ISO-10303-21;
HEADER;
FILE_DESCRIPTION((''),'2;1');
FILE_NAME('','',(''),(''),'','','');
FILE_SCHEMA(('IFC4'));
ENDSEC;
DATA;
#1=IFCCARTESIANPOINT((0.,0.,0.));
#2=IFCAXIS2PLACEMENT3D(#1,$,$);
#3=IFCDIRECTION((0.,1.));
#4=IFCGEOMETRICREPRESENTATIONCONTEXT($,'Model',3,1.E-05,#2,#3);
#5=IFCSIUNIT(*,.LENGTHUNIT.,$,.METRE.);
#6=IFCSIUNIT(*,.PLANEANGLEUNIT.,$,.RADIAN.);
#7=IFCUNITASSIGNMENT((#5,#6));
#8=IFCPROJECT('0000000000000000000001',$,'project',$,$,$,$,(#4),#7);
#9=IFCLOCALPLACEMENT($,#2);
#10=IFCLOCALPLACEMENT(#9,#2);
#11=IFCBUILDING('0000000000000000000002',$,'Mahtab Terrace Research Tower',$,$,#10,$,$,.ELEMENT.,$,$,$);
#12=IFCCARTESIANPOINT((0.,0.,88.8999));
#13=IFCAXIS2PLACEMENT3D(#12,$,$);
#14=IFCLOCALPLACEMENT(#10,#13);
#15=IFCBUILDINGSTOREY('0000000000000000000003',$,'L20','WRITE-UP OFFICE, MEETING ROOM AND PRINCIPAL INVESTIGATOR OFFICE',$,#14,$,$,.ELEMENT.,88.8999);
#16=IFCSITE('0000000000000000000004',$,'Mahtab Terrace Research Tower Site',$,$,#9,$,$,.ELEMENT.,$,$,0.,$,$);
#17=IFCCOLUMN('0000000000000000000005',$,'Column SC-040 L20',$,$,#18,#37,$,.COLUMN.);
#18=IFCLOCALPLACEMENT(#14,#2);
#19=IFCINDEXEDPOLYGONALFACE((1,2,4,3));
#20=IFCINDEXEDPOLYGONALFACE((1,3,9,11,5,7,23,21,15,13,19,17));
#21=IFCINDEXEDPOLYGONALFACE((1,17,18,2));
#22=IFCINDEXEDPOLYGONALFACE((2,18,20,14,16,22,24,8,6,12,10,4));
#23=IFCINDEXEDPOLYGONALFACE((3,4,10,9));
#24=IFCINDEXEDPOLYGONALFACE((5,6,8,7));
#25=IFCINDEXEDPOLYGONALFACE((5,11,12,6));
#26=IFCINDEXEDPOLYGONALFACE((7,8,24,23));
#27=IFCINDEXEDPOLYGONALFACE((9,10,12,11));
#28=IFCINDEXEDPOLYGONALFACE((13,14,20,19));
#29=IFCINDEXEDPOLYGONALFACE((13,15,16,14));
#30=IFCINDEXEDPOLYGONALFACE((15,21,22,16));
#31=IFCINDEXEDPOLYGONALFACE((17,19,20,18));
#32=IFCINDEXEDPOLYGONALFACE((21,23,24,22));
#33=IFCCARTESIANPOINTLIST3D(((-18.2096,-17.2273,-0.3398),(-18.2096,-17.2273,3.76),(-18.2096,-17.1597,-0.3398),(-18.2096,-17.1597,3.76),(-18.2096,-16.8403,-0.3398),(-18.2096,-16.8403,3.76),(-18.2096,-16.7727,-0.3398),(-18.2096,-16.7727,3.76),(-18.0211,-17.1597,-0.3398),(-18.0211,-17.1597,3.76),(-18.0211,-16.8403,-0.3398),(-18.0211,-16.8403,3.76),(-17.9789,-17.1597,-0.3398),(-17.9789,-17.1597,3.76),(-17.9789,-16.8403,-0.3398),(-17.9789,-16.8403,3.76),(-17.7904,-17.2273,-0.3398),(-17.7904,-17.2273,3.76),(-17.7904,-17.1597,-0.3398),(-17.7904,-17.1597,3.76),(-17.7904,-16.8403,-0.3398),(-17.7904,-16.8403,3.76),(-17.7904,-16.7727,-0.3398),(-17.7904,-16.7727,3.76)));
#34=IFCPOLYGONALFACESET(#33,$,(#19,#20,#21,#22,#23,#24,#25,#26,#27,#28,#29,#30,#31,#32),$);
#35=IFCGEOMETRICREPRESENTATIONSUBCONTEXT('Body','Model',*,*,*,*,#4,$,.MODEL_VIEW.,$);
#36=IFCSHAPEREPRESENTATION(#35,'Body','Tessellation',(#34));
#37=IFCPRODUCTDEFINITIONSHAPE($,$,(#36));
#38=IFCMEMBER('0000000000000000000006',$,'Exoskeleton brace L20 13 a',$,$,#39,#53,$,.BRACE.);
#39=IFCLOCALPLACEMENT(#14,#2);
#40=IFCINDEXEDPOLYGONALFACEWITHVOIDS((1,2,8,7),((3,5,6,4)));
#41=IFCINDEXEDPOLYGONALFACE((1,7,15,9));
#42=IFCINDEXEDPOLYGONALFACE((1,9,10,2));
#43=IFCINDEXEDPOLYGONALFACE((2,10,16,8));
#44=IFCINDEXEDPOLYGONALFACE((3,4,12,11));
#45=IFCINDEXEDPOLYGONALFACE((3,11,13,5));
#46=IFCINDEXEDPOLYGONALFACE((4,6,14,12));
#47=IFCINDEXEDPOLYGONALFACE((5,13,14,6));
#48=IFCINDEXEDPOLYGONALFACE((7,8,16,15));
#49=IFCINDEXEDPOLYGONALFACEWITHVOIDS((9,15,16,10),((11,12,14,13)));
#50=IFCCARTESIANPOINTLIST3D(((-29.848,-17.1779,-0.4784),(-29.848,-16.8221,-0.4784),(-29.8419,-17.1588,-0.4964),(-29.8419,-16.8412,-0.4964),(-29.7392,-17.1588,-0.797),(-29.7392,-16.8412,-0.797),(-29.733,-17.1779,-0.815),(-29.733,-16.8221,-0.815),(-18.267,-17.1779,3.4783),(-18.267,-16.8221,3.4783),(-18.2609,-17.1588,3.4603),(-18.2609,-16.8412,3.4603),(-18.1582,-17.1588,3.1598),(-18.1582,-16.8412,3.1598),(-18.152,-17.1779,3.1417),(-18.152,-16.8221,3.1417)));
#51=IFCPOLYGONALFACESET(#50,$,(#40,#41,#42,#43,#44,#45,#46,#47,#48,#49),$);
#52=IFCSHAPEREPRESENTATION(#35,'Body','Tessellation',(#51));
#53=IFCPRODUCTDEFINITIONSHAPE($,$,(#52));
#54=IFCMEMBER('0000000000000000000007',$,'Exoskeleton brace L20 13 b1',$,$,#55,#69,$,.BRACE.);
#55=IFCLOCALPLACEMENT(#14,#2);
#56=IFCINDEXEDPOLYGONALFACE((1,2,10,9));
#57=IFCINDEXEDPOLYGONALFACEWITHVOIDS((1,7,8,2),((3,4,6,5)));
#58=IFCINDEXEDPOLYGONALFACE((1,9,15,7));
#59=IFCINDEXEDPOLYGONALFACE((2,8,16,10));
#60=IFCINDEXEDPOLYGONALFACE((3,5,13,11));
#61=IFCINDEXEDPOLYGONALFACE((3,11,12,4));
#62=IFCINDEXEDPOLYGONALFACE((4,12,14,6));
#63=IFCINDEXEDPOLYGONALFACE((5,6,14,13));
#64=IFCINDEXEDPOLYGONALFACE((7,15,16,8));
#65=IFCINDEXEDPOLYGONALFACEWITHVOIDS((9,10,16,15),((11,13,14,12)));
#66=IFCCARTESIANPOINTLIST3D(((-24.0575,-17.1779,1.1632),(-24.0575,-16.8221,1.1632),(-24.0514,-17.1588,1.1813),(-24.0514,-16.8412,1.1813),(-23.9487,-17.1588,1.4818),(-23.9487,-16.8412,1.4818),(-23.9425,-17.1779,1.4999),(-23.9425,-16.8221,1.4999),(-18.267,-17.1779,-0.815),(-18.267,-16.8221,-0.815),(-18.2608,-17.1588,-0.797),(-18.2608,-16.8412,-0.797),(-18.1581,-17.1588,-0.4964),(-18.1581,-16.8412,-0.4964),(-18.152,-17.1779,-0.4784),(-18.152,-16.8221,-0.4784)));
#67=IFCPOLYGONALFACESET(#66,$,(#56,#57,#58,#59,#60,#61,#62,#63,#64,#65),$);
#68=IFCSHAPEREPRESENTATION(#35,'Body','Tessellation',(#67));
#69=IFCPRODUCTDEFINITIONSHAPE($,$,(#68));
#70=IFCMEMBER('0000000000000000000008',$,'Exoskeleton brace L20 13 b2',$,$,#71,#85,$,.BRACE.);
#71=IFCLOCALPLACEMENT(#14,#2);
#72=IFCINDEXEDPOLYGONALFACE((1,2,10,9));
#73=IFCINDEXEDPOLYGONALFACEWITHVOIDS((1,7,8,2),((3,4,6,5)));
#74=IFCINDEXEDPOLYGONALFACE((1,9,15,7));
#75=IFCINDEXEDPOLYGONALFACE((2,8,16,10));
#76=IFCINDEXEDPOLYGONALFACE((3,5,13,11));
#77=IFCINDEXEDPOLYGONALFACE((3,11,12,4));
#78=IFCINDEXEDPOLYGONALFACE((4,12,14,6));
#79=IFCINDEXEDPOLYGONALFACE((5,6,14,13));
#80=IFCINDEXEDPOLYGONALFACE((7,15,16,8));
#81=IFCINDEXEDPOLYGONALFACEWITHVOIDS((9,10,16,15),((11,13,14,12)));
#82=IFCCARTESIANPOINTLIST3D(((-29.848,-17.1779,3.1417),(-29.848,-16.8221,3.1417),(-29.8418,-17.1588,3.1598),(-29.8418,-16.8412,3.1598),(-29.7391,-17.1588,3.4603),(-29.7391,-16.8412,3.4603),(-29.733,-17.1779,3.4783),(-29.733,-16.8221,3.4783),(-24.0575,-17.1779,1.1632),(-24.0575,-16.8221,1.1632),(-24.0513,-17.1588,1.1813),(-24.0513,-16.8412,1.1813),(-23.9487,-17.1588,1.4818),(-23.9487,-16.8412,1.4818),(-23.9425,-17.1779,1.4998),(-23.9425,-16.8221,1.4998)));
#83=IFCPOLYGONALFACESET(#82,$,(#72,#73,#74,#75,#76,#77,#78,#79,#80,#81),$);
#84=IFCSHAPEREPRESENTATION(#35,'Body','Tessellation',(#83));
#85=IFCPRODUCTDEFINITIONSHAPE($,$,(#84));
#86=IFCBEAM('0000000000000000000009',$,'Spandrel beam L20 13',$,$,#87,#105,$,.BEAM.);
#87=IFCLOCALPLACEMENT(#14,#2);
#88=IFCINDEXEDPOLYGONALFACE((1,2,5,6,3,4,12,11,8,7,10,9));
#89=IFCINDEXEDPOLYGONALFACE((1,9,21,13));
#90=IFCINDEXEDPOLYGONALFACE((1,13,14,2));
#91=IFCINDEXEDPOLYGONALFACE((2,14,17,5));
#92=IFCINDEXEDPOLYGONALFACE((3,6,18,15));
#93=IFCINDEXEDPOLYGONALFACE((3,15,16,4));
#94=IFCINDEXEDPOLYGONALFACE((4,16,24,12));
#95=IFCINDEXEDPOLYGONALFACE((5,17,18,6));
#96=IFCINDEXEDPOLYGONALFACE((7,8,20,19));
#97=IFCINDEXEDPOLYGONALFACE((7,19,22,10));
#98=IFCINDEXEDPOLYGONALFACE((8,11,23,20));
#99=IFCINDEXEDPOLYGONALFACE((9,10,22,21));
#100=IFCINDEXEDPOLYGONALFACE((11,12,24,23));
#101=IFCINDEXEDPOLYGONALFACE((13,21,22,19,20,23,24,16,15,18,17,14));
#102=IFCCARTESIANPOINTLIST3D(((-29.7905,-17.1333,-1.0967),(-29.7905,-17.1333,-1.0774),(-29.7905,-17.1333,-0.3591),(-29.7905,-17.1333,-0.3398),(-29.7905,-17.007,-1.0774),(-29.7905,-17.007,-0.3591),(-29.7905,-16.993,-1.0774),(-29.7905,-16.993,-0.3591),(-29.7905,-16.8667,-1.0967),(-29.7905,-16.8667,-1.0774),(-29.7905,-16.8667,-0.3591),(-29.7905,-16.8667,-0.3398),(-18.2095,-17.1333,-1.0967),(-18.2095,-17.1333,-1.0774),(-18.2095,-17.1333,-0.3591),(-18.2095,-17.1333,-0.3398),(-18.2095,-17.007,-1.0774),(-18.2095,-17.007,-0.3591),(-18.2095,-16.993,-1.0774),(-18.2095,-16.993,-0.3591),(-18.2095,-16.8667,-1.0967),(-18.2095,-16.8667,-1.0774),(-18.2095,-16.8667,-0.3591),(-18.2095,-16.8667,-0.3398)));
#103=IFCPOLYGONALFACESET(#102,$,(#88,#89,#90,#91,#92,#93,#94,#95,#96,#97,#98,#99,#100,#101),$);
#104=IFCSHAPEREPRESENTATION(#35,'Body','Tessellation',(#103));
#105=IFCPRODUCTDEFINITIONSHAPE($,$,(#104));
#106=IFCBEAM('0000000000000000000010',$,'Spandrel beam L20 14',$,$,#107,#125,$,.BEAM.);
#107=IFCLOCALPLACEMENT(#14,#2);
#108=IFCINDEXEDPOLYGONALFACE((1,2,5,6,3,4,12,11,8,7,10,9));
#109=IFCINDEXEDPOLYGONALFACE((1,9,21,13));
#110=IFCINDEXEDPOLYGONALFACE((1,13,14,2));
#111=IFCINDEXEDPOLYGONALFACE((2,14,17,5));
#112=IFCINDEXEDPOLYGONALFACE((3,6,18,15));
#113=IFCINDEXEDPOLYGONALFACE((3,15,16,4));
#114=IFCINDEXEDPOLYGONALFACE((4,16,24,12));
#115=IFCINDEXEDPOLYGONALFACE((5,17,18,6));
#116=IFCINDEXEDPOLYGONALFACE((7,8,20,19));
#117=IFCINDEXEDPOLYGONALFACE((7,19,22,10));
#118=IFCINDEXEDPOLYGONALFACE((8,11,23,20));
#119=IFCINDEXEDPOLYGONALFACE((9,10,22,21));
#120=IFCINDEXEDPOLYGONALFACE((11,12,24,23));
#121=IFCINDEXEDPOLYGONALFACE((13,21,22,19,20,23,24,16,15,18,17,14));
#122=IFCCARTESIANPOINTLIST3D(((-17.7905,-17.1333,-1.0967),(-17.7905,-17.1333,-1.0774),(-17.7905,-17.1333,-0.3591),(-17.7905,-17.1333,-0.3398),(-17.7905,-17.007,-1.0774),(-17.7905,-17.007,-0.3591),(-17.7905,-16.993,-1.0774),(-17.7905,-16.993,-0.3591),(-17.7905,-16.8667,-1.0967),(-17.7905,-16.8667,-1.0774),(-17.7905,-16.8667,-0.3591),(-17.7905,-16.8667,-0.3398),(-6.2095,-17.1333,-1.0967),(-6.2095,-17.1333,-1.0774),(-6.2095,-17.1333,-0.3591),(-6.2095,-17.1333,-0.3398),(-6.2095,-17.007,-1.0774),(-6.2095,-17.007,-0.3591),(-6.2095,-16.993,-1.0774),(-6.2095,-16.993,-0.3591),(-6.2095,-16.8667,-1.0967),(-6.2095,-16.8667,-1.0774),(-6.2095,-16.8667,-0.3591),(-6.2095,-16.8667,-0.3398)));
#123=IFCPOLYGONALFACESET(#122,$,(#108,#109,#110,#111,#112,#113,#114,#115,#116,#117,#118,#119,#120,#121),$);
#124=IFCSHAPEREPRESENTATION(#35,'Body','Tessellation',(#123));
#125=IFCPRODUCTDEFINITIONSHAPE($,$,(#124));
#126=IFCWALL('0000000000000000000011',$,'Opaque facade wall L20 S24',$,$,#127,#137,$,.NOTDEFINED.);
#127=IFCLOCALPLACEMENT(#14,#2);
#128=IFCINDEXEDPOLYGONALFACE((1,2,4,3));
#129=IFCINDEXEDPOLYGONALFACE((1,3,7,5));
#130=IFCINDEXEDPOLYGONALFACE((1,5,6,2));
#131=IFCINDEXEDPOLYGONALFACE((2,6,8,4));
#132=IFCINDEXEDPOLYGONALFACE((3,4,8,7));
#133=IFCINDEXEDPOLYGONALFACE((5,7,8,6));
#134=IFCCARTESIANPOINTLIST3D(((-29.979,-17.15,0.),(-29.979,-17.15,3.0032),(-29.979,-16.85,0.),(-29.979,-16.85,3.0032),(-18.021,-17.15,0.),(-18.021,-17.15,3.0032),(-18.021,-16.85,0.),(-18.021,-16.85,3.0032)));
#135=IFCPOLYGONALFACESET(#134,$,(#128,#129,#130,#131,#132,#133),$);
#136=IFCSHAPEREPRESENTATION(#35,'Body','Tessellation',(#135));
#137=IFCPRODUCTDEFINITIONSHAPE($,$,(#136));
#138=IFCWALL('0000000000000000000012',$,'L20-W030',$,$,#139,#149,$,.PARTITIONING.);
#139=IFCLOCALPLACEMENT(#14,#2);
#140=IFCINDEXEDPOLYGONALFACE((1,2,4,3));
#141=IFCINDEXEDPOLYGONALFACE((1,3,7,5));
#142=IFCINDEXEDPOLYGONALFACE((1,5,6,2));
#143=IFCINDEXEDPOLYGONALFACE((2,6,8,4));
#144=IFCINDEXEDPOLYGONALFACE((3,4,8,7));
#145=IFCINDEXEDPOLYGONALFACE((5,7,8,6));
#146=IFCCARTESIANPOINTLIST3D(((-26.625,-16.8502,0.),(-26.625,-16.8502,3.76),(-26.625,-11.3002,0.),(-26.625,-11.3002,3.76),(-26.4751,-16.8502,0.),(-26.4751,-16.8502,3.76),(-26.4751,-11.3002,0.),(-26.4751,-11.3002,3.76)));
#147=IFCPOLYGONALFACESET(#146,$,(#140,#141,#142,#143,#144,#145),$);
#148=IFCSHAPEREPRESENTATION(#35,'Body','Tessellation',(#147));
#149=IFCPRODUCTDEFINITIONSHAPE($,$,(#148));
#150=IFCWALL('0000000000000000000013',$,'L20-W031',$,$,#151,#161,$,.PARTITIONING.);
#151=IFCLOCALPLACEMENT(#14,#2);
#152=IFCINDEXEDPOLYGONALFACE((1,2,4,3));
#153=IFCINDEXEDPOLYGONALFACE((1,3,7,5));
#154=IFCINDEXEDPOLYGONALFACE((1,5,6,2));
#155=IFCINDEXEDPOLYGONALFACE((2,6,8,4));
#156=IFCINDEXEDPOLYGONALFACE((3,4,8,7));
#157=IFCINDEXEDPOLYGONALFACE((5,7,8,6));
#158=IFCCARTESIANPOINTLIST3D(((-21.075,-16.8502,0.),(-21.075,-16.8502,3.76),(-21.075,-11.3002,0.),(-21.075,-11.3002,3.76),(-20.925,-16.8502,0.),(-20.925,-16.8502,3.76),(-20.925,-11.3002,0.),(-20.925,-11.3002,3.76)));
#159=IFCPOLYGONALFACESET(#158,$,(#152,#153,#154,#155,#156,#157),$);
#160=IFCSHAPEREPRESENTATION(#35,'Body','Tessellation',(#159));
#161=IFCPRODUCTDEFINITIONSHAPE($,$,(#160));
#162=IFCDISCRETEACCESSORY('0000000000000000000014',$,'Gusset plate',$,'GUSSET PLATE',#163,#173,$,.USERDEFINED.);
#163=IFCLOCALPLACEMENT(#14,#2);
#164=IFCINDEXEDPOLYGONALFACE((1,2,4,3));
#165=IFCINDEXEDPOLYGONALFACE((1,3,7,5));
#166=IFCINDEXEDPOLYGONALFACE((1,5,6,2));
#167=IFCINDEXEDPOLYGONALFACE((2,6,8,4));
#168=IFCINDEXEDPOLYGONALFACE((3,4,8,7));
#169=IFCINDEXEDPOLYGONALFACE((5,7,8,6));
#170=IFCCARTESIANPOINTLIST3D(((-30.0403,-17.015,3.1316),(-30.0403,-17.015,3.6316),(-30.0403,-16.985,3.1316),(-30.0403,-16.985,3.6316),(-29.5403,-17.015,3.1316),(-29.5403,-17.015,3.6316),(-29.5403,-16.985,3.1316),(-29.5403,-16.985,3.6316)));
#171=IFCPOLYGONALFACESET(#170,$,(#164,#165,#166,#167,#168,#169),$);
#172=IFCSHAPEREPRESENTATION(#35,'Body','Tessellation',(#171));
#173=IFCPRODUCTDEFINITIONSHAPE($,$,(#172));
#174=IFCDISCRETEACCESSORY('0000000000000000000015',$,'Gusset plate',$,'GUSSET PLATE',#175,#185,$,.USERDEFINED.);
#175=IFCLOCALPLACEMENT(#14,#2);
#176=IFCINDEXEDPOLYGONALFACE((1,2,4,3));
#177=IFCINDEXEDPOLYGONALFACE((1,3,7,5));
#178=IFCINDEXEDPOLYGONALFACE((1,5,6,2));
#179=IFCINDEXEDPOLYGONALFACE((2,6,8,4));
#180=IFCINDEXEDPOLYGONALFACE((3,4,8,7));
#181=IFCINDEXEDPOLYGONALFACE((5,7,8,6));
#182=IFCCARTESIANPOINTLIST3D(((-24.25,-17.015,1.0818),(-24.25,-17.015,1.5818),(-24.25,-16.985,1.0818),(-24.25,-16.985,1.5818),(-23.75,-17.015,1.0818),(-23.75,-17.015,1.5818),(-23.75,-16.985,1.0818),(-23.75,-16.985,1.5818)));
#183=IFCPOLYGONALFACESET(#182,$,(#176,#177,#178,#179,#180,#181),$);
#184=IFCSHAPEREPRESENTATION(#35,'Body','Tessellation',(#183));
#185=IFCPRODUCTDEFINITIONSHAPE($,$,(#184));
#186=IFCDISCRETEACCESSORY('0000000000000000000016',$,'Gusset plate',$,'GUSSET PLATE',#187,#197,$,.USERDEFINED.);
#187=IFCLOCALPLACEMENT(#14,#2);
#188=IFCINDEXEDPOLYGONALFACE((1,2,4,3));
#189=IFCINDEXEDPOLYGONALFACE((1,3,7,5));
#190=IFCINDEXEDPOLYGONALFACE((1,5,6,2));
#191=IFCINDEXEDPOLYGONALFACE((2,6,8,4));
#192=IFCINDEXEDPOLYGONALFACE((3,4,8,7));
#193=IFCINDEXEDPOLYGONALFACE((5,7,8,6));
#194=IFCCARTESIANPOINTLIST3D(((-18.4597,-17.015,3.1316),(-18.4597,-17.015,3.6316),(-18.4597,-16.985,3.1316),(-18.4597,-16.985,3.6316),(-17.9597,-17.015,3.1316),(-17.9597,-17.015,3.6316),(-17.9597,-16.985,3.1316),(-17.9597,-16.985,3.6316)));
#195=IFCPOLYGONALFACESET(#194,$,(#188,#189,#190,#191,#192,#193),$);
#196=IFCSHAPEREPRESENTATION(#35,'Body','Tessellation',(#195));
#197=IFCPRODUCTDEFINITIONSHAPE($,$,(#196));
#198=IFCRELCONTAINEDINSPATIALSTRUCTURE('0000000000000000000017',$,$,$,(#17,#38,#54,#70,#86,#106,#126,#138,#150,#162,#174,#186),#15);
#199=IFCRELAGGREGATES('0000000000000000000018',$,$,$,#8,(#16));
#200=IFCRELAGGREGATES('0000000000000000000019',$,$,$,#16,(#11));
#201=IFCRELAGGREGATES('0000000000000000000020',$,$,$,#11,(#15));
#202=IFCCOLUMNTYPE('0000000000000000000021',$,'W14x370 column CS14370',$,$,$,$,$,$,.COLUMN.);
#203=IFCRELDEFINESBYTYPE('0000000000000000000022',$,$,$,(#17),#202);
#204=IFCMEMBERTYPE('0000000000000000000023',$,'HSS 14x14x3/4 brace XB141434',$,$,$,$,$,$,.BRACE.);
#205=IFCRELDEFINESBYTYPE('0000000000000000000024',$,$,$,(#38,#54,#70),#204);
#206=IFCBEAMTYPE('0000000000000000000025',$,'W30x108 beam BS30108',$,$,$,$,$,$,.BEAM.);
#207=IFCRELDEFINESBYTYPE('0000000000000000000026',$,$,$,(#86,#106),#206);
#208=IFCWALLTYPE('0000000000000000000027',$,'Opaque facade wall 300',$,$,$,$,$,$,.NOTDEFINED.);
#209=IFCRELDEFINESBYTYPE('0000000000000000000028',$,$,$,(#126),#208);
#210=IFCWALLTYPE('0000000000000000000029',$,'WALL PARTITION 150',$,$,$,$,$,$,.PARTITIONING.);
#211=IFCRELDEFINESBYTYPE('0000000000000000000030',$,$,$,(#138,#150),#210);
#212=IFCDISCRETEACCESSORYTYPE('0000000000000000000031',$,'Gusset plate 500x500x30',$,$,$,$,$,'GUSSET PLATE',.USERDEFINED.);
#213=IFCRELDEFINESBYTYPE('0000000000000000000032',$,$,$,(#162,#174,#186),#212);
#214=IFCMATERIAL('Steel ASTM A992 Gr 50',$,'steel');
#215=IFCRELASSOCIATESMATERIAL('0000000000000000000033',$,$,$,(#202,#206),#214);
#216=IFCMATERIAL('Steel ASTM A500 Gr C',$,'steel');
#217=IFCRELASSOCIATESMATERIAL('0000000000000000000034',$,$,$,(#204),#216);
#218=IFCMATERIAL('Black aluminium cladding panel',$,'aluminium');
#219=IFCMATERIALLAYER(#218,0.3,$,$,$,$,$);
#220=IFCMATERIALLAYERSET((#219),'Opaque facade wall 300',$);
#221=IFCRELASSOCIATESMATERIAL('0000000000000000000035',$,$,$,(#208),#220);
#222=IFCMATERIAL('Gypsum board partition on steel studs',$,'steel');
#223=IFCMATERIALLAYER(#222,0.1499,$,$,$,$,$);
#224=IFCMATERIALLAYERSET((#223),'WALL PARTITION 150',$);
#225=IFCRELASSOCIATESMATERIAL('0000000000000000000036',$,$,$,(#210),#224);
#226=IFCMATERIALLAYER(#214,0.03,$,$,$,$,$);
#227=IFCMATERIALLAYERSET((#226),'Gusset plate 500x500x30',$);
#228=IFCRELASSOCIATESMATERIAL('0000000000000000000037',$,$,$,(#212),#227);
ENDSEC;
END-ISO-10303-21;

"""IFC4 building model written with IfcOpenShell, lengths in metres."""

from ifc_helpers import new_model, si_unit, direction, frame, frame_2d, origin, origin_2d, place, context, subcontext, project, spatial, rectangle, hollow_rectangle, i_section, extrude, material, layer, layer_set, material_profile, profile_set, type_object, element, save


model = new_model("IFC4")

# Units and contexts
model_context = context("Model", 3, precision=1e-05, world=origin(), true_north=direction((0.0, 1.0)))
body_context = subcontext(model_context, "Body", "Model", "MODEL_VIEW")
ifc_project = project(units=[si_unit("LENGTHUNIT", "METRE"), si_unit("PLANEANGLEUNIT", "RADIAN")], contexts=[model_context])

# Site, building, storey
site_placement = place(None, origin())
site = spatial("IfcSite", under=ifc_project, at=site_placement, Name="Mahtab Terrace Research Tower Site", CompositionType="ELEMENT", RefElevation=0.0)
building_placement = place(site_placement, origin())
building = spatial("IfcBuilding", under=site, at=building_placement, Name="Mahtab Terrace Research Tower", CompositionType="ELEMENT")
storey_placement = place(building_placement, frame((0.0, 0.0, 88.8999)))
storey = spatial("IfcBuildingStorey", under=building, at=storey_placement, Name="L20", Description="WRITE-UP OFFICE, MEETING ROOM AND PRINCIPAL INVESTIGATOR OFFICE", CompositionType="ELEMENT", Elevation=88.8999)

# Column
ifc_material_1 = material(Name="Steel ASTM A992 Gr 50", Category="steel")
ifc_material_profile_1 = material_profile(ifc_material_1, i_section(OverallWidth=0.4192, OverallDepth=0.4546, WebThickness=0.0422, FlangeThickness=0.0676, at=origin_2d()), Name="W14X370")
ifc_profile_set_1 = profile_set([ifc_material_profile_1], Name="Steel ASTM A992 Gr 50")
column_type = type_object("IfcColumnType", Name="W14x370 column CS14370", PredefinedType="COLUMN", material=ifc_profile_set_1)
column_placement = place(storey_placement, frame((-18.0, -17.0, -0.3398), z_axis=(0.0, 0.0, 1.0), x_axis=(1.0, 0.0, 0.0)))
element("IfcColumn", 1, at=column_placement, inside=storey, type_object=column_type, Name="Column SC-040 L20", PredefinedType="COLUMN", context=body_context, shape_type="SweptSolid", body=[
    extrude(i_section(OverallWidth=0.4192, OverallDepth=0.4546, WebThickness=0.0422, FlangeThickness=0.0676, at=origin_2d()), origin(), (0.0, 0.0, 1.0), 4.0999),
])

# Members
ifc_material_2 = material(Name="Steel ASTM A500 Gr C", Category="steel")
ifc_material_profile_2 = material_profile(ifc_material_2, hollow_rectangle(XDim=0.3557, YDim=0.3557, WallThickness=0.019, at=origin_2d()), Name="HSS14X14X3/4")
ifc_profile_set_2 = profile_set([ifc_material_profile_2], Name="Steel ASTM A500 Gr C")
member_type = type_object("IfcMemberType", Name="HSS 14x14x3/4 brace XB141434", PredefinedType="BRACE", material=ifc_profile_set_2)
member_placement = place(storey_placement, frame((-29.7905, -17.0, -0.6467), z_axis=(0.946293, 0.0, 0.323311), x_axis=(0.0, 1.0, 0.0)))
element("IfcMember", 2, at=member_placement, inside=storey, type_object=member_type, Name="Exoskeleton brace L20 13 a", PredefinedType="BRACE", context=body_context, shape_type="SweptSolid", body=[
    extrude(hollow_rectangle(XDim=0.3557, YDim=0.3557, WallThickness=0.019, at=origin_2d()), origin(), (0.0, 0.0, 1.0), 12.2383),
])
for number, where, z_axis, x_axis, name in (
    (3, (-18.2095, -17.0, -0.6467), (-0.946299, 0.0, 0.323293), (0.0, -1.0, 0.0), "Exoskeleton brace L20 13 b1"),
    (4, (-24.0, -17.0, 1.3315), (-0.946287, 0.0, 0.323329), (0.0, -1.0, 0.0), "Exoskeleton brace L20 13 b2"),
):
    element("IfcMember", number, at=place(storey_placement, frame(where, z_axis=z_axis, x_axis=x_axis)), inside=storey, type_object=member_type, Name=name, PredefinedType="BRACE", context=body_context, shape_type="SweptSolid", body=[
        extrude(hollow_rectangle(XDim=0.3557, YDim=0.3557, WallThickness=0.019, at=origin_2d()), origin(), (0.0, 0.0, 1.0), 6.1191),
    ])

# Beams
ifc_material_profile_3 = material_profile(ifc_material_1, i_section(OverallWidth=0.2666, OverallDepth=0.7568, WebThickness=0.0139, FlangeThickness=0.0193, at=origin_2d()), Name="W30X108")
ifc_profile_set_3 = profile_set([ifc_material_profile_3], Name="Steel ASTM A992 Gr 50")
beam_type = type_object("IfcBeamType", Name="W30x108 beam BS30108", PredefinedType="BEAM", material=ifc_profile_set_3)
for number, where, z_axis, x_axis, name in (
    (5, (-29.7905, -17.0, -0.7183), (1.0, 0.0, 0.0), (0.0, 1.0, 0.0), "Spandrel beam L20 13"),
    (6, (-17.7905, -17.0, -0.7183), (1.0, 0.0, 0.0), (0.0, 1.0, 0.0), "Spandrel beam L20 14"),
):
    element("IfcBeam", number, at=place(storey_placement, frame(where, z_axis=z_axis, x_axis=x_axis)), inside=storey, type_object=beam_type, Name=name, PredefinedType="BEAM", context=body_context, shape_type="SweptSolid", body=[
        extrude(i_section(OverallWidth=0.2666, OverallDepth=0.7568, WebThickness=0.0139, FlangeThickness=0.0193, at=origin_2d()), origin(), (0.0, 0.0, 1.0), 11.5811),
    ])

# Walls
ifc_material_3 = material(Name="Black aluminium cladding panel", Category="aluminium")
ifc_layer_1 = layer(ifc_material_3, 0.3)
ifc_layer_set_1 = layer_set([ifc_layer_1], Name="Opaque facade wall 300")
wall_type_1 = type_object("IfcWallType", Name="Opaque facade wall 300", PredefinedType="NOTDEFINED", material=ifc_layer_set_1)
wall_placement = place(storey_placement, frame((-29.979, -17.0, 0.0), z_axis=(0.0, 0.0, 1.0), x_axis=(1.0, 0.0, 0.0)))
element("IfcWall", 7, at=wall_placement, inside=storey, type_object=wall_type_1, Name="Opaque facade wall L20 S24", PredefinedType="NOTDEFINED", context=body_context, shape_type="SweptSolid", body=[
    extrude(rectangle(XDim=11.958, YDim=0.3, at=frame_2d((5.979, 0.0))), origin(), (0.0, 0.0, 1.0), 3.0032),
])
ifc_material_4 = material(Name="Gypsum board partition on steel studs", Category="steel")
ifc_layer_2 = layer(ifc_material_4, 0.1499)
ifc_layer_set_2 = layer_set([ifc_layer_2], Name="WALL PARTITION 150")
wall_type_2 = type_object("IfcWallType", Name="WALL PARTITION 150", PredefinedType="PARTITIONING", material=ifc_layer_set_2)
for number, where, z_axis, x_axis, name in (
    (8, (-26.55, -16.8501, 0.0), (0.0, 0.0, 1.0), (0.0, 1.0, 0.0), "L20-W030"),
    (9, (-21.0, -16.8501, 0.0), (0.0, 0.0, 1.0), (0.0, 1.0, 0.0), "L20-W031"),
):
    element("IfcWall", number, at=place(storey_placement, frame(where, z_axis=z_axis, x_axis=x_axis)), inside=storey, type_object=wall_type_2, Name=name, PredefinedType="PARTITIONING", context=body_context, shape_type="SweptSolid", body=[
        extrude(rectangle(XDim=5.55, YDim=0.1499, at=frame_2d((2.7749, 0.0))), origin(), (0.0, 0.0, 1.0), 3.76),
    ])

# Discrete accessories
ifc_layer_3 = layer(ifc_material_1, 0.03)
ifc_layer_set_3 = layer_set([ifc_layer_3], Name="Gusset plate 500x500x30")
discrete_accessory_type = type_object("IfcDiscreteAccessoryType", Name="Gusset plate 500x500x30", ElementType="GUSSET PLATE", PredefinedType="USERDEFINED", material=ifc_layer_set_3)
for number, where, z_axis, x_axis, name in (
    (10, (-29.7903, -17.0, 3.1316), (0.0, 0.0, 1.0), (1.0, 0.0, 0.0), "Gusset plate"),
    (11, (-24.0, -17.0, 1.0818), (0.0, 0.0, 1.0), (1.0, 0.0, 0.0), "Gusset plate"),
    (12, (-18.2097, -17.0, 3.1316), (0.0, 0.0, 1.0), (1.0, 0.0, 0.0), "Gusset plate"),
):
    element("IfcDiscreteAccessory", number, at=place(storey_placement, frame(where, z_axis=z_axis, x_axis=x_axis)), inside=storey, type_object=discrete_accessory_type, Name=name, ObjectType="GUSSET PLATE", PredefinedType="USERDEFINED", context=body_context, shape_type="SweptSolid", body=[
        extrude(rectangle(XDim=0.5, YDim=0.03, at=origin_2d()), origin(), (0.0, 0.0, 1.0), 0.5),
    ])

save(model, "model.ifc")
